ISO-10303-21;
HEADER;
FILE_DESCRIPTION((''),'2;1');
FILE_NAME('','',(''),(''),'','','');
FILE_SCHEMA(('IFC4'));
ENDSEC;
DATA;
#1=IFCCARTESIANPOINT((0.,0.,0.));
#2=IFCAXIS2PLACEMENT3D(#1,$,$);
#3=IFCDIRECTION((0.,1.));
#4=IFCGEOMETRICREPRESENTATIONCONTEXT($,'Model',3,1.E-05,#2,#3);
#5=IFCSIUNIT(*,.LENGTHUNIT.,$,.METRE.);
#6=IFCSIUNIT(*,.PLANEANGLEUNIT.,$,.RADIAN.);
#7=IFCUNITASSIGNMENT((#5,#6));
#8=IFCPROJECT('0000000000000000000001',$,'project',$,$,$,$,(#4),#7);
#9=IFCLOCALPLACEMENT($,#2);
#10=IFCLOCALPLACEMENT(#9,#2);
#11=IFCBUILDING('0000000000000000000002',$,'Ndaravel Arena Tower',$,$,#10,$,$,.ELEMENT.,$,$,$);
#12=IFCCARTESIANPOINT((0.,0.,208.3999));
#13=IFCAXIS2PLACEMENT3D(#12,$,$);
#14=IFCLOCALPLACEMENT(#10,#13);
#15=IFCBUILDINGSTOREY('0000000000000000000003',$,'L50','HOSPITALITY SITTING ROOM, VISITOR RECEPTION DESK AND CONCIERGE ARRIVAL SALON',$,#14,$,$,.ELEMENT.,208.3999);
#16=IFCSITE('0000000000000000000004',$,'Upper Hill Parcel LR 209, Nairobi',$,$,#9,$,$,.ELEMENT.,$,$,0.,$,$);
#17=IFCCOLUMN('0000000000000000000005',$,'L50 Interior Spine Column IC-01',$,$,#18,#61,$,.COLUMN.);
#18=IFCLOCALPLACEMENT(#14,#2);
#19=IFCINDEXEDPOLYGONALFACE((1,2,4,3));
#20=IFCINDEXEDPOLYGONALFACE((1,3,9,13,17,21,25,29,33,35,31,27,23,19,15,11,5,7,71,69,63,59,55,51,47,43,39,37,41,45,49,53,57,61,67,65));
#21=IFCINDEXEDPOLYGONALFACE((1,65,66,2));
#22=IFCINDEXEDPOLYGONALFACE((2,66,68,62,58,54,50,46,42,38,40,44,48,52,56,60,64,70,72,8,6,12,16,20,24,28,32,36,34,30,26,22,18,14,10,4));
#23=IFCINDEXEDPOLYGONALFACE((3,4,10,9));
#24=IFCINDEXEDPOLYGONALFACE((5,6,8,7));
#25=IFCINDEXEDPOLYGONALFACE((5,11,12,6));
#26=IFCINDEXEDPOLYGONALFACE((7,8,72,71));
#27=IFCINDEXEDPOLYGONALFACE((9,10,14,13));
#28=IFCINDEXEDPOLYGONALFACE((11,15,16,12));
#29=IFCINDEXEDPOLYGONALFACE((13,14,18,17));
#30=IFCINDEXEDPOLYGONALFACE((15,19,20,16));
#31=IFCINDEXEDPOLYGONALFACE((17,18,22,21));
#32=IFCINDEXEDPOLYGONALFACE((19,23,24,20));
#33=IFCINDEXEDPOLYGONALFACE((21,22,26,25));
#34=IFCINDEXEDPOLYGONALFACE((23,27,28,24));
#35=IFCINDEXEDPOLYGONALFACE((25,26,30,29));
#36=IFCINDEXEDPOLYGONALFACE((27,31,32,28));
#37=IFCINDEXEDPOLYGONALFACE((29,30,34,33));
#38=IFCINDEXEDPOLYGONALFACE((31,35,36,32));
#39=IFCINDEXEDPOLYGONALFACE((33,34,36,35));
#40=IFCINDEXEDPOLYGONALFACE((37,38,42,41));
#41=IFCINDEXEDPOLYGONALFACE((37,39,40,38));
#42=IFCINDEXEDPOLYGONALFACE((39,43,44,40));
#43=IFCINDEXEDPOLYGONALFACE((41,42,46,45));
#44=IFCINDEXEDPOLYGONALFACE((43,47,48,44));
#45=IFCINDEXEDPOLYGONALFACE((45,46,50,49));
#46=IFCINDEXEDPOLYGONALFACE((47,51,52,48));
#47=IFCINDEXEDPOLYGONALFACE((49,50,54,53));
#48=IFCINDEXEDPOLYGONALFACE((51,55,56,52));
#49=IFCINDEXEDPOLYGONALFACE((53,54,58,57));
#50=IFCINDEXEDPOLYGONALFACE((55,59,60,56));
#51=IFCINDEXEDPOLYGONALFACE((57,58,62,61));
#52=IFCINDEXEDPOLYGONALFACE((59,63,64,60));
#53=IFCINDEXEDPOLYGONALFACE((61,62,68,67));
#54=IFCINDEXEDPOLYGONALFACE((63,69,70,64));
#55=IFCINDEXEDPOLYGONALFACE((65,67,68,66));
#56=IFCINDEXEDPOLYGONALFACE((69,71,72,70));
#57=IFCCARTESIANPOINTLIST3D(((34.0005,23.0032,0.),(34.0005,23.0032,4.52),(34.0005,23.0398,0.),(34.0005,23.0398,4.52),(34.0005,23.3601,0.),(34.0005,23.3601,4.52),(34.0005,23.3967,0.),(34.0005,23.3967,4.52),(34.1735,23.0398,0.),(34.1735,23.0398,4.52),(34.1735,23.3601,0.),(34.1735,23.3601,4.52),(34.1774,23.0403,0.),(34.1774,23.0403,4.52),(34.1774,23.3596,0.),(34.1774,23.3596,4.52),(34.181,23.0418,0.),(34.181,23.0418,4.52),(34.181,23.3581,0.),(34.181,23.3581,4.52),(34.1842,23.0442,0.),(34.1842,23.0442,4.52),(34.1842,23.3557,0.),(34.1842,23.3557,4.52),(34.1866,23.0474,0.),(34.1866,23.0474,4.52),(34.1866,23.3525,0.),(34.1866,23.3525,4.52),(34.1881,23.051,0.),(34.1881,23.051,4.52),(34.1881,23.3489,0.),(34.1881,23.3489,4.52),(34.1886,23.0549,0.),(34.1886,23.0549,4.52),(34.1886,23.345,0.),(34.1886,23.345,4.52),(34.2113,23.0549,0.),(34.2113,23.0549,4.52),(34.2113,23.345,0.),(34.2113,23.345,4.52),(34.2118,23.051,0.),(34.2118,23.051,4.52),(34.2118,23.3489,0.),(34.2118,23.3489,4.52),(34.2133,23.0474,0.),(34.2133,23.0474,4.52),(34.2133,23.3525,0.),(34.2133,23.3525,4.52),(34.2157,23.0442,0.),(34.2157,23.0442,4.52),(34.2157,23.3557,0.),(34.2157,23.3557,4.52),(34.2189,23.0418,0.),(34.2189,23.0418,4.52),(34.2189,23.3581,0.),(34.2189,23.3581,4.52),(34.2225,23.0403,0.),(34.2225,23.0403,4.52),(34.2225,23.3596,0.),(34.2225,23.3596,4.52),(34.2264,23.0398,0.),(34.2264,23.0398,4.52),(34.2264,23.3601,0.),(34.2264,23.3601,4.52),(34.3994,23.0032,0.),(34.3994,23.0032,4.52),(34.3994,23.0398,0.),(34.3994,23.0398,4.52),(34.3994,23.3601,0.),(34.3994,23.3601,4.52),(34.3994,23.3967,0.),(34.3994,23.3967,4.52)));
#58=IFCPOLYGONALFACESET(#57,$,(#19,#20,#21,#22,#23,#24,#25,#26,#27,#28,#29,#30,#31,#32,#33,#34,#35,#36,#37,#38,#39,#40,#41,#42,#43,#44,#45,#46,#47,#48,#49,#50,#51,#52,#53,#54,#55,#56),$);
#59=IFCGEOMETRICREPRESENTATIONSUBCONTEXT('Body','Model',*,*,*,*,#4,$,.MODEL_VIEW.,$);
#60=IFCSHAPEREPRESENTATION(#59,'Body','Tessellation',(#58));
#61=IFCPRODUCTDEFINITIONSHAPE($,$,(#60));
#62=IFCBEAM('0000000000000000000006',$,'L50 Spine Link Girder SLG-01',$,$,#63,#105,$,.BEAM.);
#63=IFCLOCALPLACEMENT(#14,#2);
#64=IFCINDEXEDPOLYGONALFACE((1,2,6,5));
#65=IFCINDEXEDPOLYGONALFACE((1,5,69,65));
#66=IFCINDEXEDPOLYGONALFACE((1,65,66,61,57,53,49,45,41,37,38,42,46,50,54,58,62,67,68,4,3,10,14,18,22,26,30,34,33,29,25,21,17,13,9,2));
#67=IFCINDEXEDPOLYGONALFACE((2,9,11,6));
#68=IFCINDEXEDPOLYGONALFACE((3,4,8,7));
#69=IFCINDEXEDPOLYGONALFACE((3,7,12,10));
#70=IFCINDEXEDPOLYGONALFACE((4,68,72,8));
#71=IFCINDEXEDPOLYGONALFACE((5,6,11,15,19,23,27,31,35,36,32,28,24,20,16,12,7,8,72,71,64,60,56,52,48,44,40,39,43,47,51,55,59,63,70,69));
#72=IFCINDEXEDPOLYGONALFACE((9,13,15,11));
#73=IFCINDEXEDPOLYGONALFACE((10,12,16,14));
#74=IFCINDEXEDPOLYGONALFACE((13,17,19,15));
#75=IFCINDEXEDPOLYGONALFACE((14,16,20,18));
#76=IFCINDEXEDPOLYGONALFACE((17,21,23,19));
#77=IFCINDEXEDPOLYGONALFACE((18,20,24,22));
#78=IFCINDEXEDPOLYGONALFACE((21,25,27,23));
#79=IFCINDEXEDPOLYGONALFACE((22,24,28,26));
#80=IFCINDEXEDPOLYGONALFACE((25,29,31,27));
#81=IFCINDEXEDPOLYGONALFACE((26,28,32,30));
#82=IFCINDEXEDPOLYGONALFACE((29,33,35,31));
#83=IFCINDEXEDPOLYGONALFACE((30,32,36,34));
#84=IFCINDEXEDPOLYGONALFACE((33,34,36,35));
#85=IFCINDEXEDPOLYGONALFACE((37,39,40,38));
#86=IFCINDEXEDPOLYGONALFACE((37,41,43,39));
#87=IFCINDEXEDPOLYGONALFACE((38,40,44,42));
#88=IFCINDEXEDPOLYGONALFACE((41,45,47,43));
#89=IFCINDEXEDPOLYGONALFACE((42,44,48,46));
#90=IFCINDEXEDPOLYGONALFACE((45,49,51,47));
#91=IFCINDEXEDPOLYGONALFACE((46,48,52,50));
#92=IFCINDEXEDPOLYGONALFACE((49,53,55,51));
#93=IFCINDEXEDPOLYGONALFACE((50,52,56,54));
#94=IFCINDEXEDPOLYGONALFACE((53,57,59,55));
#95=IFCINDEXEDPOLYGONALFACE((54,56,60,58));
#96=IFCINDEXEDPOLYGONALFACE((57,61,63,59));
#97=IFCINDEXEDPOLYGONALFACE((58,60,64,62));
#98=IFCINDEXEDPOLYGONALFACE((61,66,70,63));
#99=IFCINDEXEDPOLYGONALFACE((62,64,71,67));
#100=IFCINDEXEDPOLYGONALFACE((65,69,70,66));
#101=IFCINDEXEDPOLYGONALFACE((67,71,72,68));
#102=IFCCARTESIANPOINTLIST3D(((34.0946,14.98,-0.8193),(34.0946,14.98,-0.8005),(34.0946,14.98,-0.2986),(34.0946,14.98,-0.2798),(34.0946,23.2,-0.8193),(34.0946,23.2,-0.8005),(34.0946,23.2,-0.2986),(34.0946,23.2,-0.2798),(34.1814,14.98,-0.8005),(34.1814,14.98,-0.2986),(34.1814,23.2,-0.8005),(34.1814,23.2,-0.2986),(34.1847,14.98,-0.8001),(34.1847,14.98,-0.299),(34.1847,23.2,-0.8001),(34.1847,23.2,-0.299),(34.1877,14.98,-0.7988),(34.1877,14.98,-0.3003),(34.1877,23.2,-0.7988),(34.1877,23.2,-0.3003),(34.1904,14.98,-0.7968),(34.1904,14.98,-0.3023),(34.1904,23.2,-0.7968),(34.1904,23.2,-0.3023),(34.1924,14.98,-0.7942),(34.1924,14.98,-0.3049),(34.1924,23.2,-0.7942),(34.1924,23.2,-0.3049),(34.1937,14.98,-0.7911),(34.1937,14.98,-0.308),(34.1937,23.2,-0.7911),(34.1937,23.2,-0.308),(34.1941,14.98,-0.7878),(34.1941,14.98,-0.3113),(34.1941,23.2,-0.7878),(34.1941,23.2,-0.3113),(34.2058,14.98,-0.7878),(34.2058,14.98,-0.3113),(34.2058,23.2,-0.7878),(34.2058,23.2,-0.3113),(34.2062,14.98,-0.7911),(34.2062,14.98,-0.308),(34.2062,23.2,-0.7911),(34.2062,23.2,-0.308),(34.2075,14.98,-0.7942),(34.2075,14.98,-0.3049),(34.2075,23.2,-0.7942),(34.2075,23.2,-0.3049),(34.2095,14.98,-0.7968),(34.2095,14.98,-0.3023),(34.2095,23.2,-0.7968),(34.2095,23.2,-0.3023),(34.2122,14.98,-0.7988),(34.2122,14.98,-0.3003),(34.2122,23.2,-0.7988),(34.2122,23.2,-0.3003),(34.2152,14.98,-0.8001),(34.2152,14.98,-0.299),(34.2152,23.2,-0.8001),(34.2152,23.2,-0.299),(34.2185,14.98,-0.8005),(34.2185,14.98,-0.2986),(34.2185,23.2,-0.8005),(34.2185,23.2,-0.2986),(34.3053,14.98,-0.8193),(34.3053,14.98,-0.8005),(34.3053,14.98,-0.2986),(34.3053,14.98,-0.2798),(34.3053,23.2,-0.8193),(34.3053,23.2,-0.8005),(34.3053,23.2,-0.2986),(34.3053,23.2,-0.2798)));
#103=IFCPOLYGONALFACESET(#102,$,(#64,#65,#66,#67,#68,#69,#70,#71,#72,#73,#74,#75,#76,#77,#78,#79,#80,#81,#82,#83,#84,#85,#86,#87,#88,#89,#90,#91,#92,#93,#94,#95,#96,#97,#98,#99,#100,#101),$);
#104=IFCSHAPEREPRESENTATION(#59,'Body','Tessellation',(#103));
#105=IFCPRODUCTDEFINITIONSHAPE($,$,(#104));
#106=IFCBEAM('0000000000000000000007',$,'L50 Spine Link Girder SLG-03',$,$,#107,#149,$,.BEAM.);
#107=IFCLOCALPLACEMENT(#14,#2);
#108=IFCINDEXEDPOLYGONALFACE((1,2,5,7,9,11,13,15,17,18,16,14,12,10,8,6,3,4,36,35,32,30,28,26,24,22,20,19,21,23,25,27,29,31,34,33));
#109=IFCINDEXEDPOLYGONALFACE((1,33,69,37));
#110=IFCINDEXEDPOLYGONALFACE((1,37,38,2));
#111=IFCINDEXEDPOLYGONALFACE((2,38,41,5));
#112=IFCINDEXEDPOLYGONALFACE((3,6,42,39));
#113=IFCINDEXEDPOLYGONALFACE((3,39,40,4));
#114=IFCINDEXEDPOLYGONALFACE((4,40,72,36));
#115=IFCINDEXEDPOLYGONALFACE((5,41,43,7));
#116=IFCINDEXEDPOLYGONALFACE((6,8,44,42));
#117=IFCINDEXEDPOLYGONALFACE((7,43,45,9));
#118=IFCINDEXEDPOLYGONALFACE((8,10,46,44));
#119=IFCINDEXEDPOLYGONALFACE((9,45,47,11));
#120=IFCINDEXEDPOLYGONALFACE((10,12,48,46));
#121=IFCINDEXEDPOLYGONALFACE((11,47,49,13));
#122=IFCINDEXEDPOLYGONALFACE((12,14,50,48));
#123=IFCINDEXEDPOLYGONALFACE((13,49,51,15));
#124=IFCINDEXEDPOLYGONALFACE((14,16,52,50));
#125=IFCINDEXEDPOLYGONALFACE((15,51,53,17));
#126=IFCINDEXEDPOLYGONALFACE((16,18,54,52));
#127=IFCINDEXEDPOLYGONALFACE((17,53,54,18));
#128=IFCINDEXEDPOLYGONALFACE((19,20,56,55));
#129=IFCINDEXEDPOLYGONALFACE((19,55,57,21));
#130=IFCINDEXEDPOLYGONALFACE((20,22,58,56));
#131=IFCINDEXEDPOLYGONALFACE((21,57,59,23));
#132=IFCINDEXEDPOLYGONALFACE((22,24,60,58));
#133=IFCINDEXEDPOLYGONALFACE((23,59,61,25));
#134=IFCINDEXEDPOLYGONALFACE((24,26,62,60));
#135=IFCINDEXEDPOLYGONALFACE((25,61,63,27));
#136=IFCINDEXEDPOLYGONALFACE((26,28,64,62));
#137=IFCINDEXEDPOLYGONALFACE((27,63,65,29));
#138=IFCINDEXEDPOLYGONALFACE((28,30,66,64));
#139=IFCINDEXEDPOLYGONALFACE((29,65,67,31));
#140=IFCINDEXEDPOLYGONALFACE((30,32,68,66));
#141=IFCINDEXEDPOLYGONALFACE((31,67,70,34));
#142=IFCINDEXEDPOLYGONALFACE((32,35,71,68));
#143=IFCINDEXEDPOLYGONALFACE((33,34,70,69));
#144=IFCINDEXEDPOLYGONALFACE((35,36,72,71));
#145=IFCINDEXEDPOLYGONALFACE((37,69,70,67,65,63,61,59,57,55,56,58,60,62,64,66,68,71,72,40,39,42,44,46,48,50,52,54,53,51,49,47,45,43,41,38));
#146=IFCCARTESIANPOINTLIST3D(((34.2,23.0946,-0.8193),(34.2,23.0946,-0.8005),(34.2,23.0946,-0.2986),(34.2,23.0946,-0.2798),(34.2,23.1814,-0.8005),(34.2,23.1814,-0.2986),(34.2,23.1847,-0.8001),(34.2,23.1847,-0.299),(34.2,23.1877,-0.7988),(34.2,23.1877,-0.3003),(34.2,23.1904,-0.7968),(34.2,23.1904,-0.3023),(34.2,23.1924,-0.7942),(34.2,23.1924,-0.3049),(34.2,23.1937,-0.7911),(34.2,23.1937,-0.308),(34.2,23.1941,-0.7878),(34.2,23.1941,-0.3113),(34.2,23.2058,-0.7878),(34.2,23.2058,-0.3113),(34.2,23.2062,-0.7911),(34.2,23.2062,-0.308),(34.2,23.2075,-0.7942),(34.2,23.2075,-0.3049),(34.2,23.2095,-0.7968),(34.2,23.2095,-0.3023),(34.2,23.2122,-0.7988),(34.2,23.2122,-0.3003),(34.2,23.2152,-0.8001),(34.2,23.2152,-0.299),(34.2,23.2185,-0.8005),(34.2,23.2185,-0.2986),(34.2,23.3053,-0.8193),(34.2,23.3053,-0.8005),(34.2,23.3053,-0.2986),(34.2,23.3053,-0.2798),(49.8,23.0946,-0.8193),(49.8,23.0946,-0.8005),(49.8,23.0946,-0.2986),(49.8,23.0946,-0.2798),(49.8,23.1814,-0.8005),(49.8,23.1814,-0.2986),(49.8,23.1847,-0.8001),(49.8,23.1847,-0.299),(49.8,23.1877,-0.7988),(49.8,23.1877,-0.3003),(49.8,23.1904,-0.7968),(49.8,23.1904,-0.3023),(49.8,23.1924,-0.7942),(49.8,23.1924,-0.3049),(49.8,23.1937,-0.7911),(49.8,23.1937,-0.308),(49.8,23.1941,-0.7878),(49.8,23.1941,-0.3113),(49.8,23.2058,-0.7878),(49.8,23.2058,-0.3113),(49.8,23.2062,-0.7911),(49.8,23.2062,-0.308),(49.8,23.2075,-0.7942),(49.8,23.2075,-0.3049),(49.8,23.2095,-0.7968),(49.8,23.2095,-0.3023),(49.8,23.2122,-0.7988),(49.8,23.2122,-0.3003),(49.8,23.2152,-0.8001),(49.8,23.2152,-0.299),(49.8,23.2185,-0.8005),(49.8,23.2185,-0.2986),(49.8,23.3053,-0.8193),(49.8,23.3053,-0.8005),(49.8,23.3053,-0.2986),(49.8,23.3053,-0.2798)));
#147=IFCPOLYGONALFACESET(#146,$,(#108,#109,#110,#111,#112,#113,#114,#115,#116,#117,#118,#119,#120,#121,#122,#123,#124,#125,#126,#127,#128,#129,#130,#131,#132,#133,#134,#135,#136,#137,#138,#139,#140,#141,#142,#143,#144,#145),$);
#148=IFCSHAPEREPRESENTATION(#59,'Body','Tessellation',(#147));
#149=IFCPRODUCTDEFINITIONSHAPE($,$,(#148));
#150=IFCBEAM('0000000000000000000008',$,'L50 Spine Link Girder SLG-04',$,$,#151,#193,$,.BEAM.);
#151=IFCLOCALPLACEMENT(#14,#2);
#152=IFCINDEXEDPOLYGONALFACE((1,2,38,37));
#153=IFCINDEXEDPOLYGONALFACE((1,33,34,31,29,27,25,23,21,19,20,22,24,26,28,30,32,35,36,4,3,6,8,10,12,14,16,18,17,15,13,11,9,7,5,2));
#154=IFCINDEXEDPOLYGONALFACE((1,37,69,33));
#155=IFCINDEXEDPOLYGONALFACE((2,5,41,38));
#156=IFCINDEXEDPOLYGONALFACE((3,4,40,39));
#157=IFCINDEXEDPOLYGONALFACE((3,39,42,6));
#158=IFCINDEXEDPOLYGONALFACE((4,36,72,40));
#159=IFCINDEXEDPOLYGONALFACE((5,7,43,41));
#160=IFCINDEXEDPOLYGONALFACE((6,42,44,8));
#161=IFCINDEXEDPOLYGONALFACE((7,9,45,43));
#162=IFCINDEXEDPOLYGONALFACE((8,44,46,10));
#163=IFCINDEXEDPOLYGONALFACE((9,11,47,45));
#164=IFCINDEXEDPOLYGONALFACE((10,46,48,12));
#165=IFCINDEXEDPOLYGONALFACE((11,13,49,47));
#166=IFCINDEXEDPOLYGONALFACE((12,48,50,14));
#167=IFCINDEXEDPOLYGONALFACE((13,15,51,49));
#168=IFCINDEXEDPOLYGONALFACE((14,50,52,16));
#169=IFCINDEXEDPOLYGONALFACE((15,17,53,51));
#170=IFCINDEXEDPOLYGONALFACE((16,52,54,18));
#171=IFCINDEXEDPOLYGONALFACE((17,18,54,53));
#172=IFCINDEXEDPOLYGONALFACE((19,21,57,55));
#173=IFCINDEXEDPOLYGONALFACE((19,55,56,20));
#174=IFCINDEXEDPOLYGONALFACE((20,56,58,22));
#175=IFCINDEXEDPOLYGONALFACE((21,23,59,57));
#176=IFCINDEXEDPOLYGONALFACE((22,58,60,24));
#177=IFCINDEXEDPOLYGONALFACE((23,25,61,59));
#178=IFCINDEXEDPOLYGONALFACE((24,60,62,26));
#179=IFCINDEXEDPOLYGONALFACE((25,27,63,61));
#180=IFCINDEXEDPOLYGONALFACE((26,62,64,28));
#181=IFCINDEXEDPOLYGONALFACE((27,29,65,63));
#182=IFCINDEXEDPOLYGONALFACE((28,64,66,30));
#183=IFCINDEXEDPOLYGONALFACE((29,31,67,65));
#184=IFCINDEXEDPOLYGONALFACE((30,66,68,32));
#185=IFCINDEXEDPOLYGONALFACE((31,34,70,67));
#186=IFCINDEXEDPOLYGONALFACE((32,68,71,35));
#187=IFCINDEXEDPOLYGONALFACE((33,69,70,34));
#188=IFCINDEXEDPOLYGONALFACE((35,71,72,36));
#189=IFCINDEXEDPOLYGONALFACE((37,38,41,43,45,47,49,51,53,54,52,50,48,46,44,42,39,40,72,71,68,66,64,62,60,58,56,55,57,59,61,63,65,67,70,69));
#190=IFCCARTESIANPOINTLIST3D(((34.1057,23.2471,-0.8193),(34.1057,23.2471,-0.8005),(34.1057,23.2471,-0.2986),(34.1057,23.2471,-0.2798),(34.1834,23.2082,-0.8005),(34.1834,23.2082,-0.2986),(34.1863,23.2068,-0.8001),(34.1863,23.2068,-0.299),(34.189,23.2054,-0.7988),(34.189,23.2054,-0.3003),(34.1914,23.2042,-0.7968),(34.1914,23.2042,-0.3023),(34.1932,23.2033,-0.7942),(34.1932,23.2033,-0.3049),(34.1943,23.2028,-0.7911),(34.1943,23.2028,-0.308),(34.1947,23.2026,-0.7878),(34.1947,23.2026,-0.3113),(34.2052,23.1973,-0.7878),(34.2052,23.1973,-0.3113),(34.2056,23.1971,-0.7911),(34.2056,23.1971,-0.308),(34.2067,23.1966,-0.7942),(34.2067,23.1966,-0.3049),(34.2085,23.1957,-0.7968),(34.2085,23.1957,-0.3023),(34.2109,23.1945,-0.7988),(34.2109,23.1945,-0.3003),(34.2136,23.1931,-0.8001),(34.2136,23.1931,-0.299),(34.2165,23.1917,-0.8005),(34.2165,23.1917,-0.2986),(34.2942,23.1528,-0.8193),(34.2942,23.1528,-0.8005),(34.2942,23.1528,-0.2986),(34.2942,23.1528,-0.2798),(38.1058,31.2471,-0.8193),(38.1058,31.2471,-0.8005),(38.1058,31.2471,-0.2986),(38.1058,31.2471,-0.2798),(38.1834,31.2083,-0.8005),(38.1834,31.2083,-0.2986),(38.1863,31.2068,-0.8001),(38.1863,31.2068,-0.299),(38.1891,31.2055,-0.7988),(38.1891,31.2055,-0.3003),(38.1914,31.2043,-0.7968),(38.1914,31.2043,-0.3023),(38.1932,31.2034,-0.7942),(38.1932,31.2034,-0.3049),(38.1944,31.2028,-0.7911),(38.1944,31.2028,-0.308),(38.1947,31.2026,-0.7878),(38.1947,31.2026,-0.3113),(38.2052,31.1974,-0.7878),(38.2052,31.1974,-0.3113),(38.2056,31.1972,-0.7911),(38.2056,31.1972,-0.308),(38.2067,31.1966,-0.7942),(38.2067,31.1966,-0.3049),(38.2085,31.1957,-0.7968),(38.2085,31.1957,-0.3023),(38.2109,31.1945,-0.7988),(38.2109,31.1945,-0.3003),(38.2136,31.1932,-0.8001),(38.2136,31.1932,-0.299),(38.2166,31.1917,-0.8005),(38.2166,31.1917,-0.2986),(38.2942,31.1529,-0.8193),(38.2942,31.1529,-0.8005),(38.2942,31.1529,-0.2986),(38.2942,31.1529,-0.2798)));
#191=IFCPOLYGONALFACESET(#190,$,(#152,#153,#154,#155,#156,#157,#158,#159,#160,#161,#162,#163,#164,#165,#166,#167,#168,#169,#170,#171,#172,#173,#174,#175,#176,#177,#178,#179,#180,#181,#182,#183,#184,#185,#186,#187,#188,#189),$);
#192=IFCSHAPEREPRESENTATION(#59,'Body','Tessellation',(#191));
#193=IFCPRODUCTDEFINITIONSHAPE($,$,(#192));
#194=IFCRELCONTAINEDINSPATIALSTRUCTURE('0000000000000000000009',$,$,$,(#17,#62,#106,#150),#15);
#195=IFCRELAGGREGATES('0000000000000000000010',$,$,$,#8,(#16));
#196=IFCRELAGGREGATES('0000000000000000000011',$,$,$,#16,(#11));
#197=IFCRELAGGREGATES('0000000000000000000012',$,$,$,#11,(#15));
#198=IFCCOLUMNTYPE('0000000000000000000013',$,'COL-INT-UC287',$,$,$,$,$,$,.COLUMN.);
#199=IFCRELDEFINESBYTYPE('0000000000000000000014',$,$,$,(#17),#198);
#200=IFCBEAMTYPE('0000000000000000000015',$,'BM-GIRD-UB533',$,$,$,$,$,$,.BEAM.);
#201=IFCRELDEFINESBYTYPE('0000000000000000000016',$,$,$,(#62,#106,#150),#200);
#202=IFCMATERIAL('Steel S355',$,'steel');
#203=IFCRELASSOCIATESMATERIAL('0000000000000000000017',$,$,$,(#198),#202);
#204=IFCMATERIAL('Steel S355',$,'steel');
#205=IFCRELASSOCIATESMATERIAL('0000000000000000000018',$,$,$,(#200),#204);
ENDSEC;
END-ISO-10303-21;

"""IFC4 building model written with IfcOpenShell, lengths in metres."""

from ifc_helpers import new_model, si_unit, direction, frame, origin, origin_2d, place, context, subcontext, project, spatial, i_section, extrude, material, material_profile, profile_set, type_object, element, save


model = new_model("IFC4")

# Units and contexts
model_context = context("Model", 3, precision=1e-05, world=origin(), true_north=direction((0.0, 1.0)))
body_context = subcontext(model_context, "Body", "Model", "MODEL_VIEW")
ifc_project = project(units=[si_unit("LENGTHUNIT", "METRE"), si_unit("PLANEANGLEUNIT", "RADIAN")], contexts=[model_context])

# Site, building, storey
site_placement = place(None, origin())
site = spatial("IfcSite", under=ifc_project, at=site_placement, Name="Upper Hill Parcel LR 209, Nairobi", CompositionType="ELEMENT", RefElevation=0.0)
building_placement = place(site_placement, origin())
building = spatial("IfcBuilding", under=site, at=building_placement, Name="Ndaravel Arena Tower", CompositionType="ELEMENT")
storey_placement = place(building_placement, frame((0.0, 0.0, 208.3999)))
storey = spatial("IfcBuildingStorey", under=building, at=storey_placement, Name="L50", Description="HOSPITALITY SITTING ROOM, VISITOR RECEPTION DESK AND CONCIERGE ARRIVAL SALON", CompositionType="ELEMENT", Elevation=208.3999)

# Column
ifc_material_1 = material(Name="Steel S355", Category="steel")
ifc_material_profile_1 = material_profile(ifc_material_1, i_section(OverallWidth=0.3989, OverallDepth=0.3936, WebThickness=0.0227, FlangeThickness=0.0366, FilletRadius=0.0151, at=origin_2d()), Name="UC 356x406x287")
ifc_profile_set_1 = profile_set([ifc_material_profile_1], Name="Steel S355")
column_type = type_object("IfcColumnType", Name="COL-INT-UC287", PredefinedType="COLUMN", material=ifc_profile_set_1)
column_placement = place(storey_placement, frame((34.2, 23.2, 0.0), z_axis=(0.0, 0.0, 1.0), x_axis=(1.0, 0.0, 0.0)))
element("IfcColumn", 1, at=column_placement, inside=storey, type_object=column_type, Name="L50 Interior Spine Column IC-01", PredefinedType="COLUMN", context=body_context, shape_type="SweptSolid", body=[
    extrude(i_section(OverallWidth=0.3989, OverallDepth=0.3936, WebThickness=0.0227, FlangeThickness=0.0366, FilletRadius=0.0151, at=origin_2d()), origin(), (0.0, 0.0, 1.0), 4.52),
])

# Beams
ifc_material_2 = material(Name="Steel S355", Category="steel")
ifc_material_profile_2 = material_profile(ifc_material_2, i_section(OverallWidth=0.2107, OverallDepth=0.5396, WebThickness=0.0117, FlangeThickness=0.0188, FilletRadius=0.0127, at=origin_2d()), Name="UB 533x210x109")
ifc_profile_set_2 = profile_set([ifc_material_profile_2], Name="Steel S355")
beam_type_1 = type_object("IfcBeamType", Name="BM-GIRD-UB533", PredefinedType="BEAM", material=ifc_profile_set_2)
beam_1_placement = place(storey_placement, frame((34.2, 14.98, -0.5496), z_axis=(0.0, 1.0, 0.0), x_axis=(-1.0, 0.0, 0.0)))
element("IfcBeam", 2, at=beam_1_placement, inside=storey, type_object=beam_type_1, Name="L50 Spine Link Girder SLG-01", PredefinedType="BEAM", context=body_context, shape_type="SweptSolid", body=[
    extrude(i_section(OverallWidth=0.2107, OverallDepth=0.5396, WebThickness=0.0117, FlangeThickness=0.0188, FilletRadius=0.0127, at=origin_2d()), origin(), (0.0, 0.0, 1.0), 8.22),
])
beam_2_placement = place(storey_placement, frame((34.2, 23.2, -0.5496), z_axis=(1.0, 0.0, 0.0), x_axis=(0.0, 1.0, 0.0)))
element("IfcBeam", 3, at=beam_2_placement, inside=storey, type_object=beam_type_1, Name="L50 Spine Link Girder SLG-03", PredefinedType="BEAM", context=body_context, shape_type="SweptSolid", body=[
    extrude(i_section(OverallWidth=0.2107, OverallDepth=0.5396, WebThickness=0.0117, FlangeThickness=0.0188, FilletRadius=0.0127, at=origin_2d()), origin(), (0.0, 0.0, 1.0), 15.6001),
])
beam_3_placement = place(storey_placement, frame((34.2, 23.2, -0.5496), z_axis=(0.447214, 0.894427, 0.0), x_axis=(-0.894427, 0.447214, 0.0)))
element("IfcBeam", 4, at=beam_3_placement, inside=storey, type_object=beam_type_1, Name="L50 Spine Link Girder SLG-04", PredefinedType="BEAM", context=body_context, shape_type="SweptSolid", body=[
    extrude(i_section(OverallWidth=0.2107, OverallDepth=0.5396, WebThickness=0.0117, FlangeThickness=0.0188, FilletRadius=0.0127, at=origin_2d()), origin(), (0.0, 0.0, 1.0), 8.9443),
])

save(model, "model.ifc")
